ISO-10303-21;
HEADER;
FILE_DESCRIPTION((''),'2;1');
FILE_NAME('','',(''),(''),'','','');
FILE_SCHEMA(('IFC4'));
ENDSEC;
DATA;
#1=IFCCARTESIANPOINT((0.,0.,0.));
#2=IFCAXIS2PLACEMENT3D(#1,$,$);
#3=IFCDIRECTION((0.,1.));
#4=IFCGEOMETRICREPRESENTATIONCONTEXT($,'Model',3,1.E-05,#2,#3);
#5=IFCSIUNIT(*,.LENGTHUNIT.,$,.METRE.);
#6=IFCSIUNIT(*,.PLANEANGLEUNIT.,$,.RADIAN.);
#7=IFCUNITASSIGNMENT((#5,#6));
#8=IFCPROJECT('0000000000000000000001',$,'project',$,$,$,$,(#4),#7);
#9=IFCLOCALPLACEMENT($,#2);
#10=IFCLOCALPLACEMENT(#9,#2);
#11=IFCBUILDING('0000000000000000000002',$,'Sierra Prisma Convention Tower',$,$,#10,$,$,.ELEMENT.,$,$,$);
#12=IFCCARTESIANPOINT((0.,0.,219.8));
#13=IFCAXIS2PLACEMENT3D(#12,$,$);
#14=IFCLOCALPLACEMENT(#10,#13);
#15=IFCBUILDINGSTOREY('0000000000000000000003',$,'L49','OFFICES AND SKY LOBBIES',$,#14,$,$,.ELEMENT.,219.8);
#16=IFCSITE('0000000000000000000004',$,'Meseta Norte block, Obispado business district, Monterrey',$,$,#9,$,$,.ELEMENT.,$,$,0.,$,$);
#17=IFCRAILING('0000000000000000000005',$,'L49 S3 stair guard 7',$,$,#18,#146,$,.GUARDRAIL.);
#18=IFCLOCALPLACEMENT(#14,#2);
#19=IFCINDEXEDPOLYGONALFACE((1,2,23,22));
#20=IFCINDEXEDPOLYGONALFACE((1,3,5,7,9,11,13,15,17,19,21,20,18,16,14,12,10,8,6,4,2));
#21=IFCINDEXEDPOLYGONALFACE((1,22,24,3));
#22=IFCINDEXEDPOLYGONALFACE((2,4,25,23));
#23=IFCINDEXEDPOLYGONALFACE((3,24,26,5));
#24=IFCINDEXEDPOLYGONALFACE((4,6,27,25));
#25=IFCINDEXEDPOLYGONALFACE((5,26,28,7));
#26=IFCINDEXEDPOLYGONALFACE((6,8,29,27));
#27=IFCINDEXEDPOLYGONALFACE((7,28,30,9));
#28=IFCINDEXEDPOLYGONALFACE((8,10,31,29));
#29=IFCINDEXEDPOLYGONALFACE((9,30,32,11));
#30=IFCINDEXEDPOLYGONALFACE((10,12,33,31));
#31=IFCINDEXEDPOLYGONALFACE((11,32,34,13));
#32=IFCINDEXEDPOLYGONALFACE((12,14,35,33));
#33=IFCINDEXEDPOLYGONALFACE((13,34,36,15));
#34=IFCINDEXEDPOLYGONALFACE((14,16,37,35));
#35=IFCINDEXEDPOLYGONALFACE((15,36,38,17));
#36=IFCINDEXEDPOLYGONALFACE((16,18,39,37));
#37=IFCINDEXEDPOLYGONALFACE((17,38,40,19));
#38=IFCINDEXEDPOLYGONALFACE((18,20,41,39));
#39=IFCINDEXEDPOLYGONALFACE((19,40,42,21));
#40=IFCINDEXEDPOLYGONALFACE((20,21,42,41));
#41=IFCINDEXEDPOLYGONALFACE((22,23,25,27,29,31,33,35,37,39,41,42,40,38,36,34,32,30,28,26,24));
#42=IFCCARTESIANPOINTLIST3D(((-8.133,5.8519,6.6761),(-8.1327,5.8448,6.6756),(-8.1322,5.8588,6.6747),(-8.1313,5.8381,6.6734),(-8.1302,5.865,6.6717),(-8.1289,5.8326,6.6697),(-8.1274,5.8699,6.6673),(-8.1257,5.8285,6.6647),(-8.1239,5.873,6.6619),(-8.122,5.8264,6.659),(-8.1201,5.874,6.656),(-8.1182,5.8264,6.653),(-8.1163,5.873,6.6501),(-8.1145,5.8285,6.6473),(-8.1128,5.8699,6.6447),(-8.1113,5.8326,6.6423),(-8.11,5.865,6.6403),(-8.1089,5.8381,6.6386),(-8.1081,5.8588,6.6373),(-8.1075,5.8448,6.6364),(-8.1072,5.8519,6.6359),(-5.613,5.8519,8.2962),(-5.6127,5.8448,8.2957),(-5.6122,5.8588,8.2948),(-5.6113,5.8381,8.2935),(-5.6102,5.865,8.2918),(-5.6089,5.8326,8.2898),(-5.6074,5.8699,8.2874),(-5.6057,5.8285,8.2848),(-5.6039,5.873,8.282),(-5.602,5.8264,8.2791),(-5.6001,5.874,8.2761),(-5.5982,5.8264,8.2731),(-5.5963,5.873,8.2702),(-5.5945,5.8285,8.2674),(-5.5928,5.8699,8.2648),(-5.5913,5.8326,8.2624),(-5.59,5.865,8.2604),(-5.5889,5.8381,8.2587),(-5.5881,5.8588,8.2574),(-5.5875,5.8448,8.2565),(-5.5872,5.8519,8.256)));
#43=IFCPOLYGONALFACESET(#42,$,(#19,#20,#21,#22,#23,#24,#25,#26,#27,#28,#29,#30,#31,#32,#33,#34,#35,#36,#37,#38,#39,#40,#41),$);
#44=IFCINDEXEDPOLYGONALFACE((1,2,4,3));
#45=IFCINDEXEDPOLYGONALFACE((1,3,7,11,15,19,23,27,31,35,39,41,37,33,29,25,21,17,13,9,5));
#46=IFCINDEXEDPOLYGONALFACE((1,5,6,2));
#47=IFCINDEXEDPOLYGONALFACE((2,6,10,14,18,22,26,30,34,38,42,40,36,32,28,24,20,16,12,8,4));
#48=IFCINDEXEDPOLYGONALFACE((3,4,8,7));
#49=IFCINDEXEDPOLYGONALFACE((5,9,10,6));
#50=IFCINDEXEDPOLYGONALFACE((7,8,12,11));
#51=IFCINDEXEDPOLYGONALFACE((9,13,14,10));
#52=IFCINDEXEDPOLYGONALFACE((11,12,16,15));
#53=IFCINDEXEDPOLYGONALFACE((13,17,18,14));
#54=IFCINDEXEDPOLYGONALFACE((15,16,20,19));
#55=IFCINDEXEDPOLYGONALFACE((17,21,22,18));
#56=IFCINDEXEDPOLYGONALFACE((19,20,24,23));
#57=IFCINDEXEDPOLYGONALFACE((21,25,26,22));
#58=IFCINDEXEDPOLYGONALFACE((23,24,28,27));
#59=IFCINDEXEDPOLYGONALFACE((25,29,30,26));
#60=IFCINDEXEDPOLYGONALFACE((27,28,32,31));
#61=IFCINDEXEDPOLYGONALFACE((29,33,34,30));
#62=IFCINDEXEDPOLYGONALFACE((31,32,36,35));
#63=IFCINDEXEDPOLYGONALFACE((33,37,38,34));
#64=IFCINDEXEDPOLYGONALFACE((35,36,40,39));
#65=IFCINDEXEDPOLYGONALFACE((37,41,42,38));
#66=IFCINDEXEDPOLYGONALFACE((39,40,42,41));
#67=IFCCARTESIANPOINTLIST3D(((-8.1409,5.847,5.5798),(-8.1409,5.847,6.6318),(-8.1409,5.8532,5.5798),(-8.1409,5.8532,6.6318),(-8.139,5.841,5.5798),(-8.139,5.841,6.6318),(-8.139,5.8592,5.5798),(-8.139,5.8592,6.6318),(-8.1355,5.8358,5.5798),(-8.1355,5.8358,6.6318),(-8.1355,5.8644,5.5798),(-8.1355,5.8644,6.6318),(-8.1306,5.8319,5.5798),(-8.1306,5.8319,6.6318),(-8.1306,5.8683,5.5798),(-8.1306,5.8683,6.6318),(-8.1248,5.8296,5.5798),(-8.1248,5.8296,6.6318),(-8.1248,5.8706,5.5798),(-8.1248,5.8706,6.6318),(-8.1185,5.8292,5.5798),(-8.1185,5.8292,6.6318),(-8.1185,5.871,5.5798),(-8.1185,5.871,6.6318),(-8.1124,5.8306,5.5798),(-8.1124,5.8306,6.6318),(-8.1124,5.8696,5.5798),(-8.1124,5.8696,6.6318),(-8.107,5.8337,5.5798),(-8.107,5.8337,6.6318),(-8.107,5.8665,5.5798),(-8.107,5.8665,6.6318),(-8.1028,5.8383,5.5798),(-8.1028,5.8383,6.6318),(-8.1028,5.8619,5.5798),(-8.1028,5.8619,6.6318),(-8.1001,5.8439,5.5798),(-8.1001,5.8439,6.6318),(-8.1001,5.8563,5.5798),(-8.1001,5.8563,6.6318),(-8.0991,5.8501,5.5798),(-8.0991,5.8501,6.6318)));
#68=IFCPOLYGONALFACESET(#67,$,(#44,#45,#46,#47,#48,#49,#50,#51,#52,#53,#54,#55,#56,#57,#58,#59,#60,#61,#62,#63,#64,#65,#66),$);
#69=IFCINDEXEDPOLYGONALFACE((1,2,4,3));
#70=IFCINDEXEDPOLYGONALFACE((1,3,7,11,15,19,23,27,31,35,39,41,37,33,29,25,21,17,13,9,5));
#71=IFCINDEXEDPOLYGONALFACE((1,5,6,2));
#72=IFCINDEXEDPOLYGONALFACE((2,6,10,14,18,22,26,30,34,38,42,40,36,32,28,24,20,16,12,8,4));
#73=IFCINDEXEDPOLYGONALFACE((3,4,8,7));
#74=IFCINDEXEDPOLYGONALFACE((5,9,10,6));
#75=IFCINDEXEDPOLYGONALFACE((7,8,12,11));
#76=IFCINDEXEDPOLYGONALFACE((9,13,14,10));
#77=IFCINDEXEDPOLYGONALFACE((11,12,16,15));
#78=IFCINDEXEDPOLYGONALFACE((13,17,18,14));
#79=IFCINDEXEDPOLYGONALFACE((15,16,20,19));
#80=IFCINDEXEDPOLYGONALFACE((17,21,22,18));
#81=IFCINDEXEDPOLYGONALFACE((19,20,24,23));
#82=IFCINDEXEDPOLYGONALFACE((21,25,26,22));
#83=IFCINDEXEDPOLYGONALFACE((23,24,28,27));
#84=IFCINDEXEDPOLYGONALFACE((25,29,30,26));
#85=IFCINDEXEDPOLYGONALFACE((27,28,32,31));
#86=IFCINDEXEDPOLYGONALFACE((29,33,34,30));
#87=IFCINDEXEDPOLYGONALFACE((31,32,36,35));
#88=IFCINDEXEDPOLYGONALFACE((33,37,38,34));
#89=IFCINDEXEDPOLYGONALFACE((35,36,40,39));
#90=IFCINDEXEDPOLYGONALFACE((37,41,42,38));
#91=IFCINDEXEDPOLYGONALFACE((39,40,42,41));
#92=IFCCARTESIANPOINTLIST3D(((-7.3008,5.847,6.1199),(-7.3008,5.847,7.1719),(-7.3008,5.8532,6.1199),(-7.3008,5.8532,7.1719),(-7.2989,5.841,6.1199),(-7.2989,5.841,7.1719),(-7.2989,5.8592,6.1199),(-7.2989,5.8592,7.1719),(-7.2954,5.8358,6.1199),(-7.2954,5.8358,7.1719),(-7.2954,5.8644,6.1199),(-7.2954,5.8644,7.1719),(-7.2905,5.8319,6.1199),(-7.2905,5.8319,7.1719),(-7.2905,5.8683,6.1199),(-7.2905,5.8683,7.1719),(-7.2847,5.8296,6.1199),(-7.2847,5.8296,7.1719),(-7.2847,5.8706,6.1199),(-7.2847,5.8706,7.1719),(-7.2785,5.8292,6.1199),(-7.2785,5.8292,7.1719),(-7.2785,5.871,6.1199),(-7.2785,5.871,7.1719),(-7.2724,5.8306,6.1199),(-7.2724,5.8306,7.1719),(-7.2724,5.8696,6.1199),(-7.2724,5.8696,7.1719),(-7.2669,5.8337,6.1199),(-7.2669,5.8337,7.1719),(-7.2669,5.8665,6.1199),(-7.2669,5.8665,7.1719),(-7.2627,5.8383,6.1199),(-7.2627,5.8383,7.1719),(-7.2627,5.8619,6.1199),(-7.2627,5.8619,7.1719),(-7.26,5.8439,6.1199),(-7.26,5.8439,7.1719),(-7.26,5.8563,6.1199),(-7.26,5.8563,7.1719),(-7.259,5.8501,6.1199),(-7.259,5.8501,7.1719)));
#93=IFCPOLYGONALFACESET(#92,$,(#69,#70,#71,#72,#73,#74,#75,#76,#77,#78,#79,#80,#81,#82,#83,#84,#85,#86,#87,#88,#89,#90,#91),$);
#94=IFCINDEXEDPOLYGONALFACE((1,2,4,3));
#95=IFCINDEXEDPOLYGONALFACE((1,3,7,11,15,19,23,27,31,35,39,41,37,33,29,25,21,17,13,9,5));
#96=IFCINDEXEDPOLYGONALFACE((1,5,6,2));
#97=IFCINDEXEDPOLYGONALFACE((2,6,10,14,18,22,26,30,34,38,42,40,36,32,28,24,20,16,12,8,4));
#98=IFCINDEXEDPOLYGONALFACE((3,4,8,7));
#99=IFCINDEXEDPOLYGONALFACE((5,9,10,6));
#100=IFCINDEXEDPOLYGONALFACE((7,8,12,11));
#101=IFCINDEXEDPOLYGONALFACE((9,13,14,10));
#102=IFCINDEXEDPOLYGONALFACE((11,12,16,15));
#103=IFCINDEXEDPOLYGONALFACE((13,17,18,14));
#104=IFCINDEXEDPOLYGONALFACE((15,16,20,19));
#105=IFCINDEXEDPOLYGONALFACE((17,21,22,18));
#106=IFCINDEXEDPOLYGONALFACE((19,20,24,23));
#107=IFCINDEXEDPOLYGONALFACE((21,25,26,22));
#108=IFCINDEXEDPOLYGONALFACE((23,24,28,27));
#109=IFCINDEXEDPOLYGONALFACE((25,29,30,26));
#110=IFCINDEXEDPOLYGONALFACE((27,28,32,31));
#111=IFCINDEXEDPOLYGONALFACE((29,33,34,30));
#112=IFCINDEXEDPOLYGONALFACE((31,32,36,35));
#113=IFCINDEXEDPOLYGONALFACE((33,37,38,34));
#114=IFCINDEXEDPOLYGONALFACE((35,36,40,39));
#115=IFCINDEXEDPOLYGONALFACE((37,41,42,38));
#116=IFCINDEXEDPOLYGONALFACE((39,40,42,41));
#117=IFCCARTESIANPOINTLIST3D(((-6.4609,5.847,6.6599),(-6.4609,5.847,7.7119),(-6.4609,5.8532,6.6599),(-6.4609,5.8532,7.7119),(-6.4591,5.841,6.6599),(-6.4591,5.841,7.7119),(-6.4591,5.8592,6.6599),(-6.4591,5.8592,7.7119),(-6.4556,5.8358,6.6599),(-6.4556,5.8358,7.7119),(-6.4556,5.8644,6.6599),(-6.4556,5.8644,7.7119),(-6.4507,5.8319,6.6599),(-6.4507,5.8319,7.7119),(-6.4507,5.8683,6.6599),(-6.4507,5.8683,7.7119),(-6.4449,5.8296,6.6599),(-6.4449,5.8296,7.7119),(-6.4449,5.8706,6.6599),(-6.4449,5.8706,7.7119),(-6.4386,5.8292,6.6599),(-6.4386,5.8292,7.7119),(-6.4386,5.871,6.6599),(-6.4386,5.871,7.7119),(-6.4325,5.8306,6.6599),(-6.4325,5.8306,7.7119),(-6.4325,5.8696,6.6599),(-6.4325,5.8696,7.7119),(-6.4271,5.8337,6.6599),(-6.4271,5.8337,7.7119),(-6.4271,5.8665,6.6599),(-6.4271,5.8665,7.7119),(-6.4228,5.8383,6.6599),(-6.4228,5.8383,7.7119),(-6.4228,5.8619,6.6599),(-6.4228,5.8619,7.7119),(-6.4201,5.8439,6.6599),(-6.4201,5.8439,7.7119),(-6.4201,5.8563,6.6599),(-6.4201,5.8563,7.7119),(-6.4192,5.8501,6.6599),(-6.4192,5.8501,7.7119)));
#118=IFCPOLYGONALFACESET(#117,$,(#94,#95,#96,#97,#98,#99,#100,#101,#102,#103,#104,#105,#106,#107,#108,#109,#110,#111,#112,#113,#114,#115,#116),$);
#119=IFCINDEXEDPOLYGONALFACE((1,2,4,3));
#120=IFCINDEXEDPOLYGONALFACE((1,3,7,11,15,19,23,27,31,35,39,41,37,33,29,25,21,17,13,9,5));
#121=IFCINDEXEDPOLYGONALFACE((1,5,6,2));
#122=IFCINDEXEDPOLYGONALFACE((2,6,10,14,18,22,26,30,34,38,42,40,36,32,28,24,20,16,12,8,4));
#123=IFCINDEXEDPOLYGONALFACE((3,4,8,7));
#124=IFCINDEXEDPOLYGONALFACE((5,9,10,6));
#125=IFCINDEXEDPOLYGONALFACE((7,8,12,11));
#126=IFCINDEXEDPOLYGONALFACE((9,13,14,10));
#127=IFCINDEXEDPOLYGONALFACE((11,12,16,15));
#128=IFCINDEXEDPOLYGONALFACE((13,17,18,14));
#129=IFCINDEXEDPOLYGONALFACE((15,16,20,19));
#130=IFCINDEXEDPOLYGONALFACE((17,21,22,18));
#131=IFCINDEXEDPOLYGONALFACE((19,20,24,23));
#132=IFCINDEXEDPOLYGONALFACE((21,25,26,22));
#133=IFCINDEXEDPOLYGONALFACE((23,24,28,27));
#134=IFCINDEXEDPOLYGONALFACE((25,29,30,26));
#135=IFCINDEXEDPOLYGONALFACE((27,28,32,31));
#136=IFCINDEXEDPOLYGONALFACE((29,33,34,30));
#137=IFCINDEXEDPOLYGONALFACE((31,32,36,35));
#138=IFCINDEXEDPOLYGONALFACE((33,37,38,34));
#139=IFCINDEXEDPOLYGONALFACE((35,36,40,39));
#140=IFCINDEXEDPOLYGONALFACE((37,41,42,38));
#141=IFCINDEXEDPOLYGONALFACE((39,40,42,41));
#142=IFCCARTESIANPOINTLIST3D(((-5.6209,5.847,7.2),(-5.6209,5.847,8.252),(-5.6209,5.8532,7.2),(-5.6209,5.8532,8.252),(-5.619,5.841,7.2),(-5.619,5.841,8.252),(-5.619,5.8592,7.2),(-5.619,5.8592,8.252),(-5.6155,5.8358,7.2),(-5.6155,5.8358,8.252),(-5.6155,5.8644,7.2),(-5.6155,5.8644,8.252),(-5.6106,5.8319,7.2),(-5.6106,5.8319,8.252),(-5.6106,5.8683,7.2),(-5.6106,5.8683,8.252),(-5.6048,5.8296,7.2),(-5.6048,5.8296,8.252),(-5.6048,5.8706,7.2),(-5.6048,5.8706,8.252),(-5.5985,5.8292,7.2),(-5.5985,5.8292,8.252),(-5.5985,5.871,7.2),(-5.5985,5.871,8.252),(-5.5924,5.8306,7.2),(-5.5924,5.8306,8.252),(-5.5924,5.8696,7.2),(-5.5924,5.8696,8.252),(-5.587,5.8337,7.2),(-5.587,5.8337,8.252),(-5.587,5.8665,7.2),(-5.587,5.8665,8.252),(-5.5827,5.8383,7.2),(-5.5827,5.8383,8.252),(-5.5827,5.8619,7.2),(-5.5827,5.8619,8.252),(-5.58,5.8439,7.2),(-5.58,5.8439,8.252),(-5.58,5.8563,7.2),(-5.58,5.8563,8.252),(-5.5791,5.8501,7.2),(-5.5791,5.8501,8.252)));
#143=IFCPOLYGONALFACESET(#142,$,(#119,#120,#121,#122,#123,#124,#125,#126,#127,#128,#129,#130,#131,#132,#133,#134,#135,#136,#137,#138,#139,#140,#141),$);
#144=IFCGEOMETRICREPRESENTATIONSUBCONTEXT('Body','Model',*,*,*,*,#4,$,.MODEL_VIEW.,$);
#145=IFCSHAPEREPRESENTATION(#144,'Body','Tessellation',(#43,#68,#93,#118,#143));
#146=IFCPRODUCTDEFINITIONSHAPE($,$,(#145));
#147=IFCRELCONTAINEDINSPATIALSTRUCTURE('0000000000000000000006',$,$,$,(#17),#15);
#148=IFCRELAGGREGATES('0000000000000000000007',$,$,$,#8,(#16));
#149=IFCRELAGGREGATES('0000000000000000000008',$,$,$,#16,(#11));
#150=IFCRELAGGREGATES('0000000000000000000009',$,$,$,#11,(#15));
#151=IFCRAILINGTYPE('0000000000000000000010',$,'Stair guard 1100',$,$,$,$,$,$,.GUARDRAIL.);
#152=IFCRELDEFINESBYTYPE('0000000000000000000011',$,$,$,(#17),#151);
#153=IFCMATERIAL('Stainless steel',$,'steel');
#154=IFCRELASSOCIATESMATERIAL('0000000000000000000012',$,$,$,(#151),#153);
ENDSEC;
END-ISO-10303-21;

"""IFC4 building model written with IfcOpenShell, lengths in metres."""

from ifc_helpers import new_model, si_unit, direction, frame, origin, origin_2d, place, context, subcontext, project, spatial, circle, extrude, material, type_object, element, save


model = new_model("IFC4")

# Units and contexts
model_context = context("Model", 3, precision=1e-05, world=origin(), true_north=direction((0.0, 1.0)))
body_context = subcontext(model_context, "Body", "Model", "MODEL_VIEW")
ifc_project = project(units=[si_unit("LENGTHUNIT", "METRE"), si_unit("PLANEANGLEUNIT", "RADIAN")], contexts=[model_context])

# Site, building, storey
site_placement = place(None, origin())
site = spatial("IfcSite", under=ifc_project, at=site_placement, Name="Meseta Norte block, Obispado business district, Monterrey", CompositionType="ELEMENT", RefElevation=0.0)
building_placement = place(site_placement, origin())
building = spatial("IfcBuilding", under=site, at=building_placement, Name="Sierra Prisma Convention Tower", CompositionType="ELEMENT")
storey_placement = place(building_placement, frame((0.0, 0.0, 219.8)))
storey = spatial("IfcBuildingStorey", under=building, at=storey_placement, Name="L49", Description="OFFICES AND SKY LOBBIES", CompositionType="ELEMENT", Elevation=219.8)

# Railing
ifc_material_1 = material(Name="Stainless steel", Category="steel")
railing_type_1 = type_object("IfcRailingType", Name="Stair guard 1100", PredefinedType="GUARDRAIL", material=ifc_material_1)
railing_1_placement = place(storey_placement, frame((-8.1201, 5.8501, 5.5798)))
element("IfcRailing", 1, at=railing_1_placement, inside=storey, type_object=railing_type_1, Name="L49 S3 stair guard 7", PredefinedType="GUARDRAIL", context=body_context, shape_type="SweptSolid", body=[
    extrude(circle(Radius=0.0239, at=origin_2d()), frame((0.0, 0.0, 1.0762), z_axis=(0.841163, 0.0, 0.540782), x_axis=(0.0, 1.0, 0.0)), (0.0, 0.0, 1.0), 2.9958),
    extrude(circle(Radius=0.021, at=origin_2d()), origin(), (0.0, 0.0, 1.0), 1.052),
    extrude(circle(Radius=0.021, at=origin_2d()), frame((0.8401, 0.0, 0.54)), (0.0, 0.0, 1.0), 1.052),
    extrude(circle(Radius=0.021, at=origin_2d()), frame((1.6799, 0.0, 1.0801)), (0.0, 0.0, 1.0), 1.052),
    extrude(circle(Radius=0.021, at=origin_2d()), frame((2.52, 0.0, 1.6201)), (0.0, 0.0, 1.0), 1.052),
])

save(model, "model.ifc")
